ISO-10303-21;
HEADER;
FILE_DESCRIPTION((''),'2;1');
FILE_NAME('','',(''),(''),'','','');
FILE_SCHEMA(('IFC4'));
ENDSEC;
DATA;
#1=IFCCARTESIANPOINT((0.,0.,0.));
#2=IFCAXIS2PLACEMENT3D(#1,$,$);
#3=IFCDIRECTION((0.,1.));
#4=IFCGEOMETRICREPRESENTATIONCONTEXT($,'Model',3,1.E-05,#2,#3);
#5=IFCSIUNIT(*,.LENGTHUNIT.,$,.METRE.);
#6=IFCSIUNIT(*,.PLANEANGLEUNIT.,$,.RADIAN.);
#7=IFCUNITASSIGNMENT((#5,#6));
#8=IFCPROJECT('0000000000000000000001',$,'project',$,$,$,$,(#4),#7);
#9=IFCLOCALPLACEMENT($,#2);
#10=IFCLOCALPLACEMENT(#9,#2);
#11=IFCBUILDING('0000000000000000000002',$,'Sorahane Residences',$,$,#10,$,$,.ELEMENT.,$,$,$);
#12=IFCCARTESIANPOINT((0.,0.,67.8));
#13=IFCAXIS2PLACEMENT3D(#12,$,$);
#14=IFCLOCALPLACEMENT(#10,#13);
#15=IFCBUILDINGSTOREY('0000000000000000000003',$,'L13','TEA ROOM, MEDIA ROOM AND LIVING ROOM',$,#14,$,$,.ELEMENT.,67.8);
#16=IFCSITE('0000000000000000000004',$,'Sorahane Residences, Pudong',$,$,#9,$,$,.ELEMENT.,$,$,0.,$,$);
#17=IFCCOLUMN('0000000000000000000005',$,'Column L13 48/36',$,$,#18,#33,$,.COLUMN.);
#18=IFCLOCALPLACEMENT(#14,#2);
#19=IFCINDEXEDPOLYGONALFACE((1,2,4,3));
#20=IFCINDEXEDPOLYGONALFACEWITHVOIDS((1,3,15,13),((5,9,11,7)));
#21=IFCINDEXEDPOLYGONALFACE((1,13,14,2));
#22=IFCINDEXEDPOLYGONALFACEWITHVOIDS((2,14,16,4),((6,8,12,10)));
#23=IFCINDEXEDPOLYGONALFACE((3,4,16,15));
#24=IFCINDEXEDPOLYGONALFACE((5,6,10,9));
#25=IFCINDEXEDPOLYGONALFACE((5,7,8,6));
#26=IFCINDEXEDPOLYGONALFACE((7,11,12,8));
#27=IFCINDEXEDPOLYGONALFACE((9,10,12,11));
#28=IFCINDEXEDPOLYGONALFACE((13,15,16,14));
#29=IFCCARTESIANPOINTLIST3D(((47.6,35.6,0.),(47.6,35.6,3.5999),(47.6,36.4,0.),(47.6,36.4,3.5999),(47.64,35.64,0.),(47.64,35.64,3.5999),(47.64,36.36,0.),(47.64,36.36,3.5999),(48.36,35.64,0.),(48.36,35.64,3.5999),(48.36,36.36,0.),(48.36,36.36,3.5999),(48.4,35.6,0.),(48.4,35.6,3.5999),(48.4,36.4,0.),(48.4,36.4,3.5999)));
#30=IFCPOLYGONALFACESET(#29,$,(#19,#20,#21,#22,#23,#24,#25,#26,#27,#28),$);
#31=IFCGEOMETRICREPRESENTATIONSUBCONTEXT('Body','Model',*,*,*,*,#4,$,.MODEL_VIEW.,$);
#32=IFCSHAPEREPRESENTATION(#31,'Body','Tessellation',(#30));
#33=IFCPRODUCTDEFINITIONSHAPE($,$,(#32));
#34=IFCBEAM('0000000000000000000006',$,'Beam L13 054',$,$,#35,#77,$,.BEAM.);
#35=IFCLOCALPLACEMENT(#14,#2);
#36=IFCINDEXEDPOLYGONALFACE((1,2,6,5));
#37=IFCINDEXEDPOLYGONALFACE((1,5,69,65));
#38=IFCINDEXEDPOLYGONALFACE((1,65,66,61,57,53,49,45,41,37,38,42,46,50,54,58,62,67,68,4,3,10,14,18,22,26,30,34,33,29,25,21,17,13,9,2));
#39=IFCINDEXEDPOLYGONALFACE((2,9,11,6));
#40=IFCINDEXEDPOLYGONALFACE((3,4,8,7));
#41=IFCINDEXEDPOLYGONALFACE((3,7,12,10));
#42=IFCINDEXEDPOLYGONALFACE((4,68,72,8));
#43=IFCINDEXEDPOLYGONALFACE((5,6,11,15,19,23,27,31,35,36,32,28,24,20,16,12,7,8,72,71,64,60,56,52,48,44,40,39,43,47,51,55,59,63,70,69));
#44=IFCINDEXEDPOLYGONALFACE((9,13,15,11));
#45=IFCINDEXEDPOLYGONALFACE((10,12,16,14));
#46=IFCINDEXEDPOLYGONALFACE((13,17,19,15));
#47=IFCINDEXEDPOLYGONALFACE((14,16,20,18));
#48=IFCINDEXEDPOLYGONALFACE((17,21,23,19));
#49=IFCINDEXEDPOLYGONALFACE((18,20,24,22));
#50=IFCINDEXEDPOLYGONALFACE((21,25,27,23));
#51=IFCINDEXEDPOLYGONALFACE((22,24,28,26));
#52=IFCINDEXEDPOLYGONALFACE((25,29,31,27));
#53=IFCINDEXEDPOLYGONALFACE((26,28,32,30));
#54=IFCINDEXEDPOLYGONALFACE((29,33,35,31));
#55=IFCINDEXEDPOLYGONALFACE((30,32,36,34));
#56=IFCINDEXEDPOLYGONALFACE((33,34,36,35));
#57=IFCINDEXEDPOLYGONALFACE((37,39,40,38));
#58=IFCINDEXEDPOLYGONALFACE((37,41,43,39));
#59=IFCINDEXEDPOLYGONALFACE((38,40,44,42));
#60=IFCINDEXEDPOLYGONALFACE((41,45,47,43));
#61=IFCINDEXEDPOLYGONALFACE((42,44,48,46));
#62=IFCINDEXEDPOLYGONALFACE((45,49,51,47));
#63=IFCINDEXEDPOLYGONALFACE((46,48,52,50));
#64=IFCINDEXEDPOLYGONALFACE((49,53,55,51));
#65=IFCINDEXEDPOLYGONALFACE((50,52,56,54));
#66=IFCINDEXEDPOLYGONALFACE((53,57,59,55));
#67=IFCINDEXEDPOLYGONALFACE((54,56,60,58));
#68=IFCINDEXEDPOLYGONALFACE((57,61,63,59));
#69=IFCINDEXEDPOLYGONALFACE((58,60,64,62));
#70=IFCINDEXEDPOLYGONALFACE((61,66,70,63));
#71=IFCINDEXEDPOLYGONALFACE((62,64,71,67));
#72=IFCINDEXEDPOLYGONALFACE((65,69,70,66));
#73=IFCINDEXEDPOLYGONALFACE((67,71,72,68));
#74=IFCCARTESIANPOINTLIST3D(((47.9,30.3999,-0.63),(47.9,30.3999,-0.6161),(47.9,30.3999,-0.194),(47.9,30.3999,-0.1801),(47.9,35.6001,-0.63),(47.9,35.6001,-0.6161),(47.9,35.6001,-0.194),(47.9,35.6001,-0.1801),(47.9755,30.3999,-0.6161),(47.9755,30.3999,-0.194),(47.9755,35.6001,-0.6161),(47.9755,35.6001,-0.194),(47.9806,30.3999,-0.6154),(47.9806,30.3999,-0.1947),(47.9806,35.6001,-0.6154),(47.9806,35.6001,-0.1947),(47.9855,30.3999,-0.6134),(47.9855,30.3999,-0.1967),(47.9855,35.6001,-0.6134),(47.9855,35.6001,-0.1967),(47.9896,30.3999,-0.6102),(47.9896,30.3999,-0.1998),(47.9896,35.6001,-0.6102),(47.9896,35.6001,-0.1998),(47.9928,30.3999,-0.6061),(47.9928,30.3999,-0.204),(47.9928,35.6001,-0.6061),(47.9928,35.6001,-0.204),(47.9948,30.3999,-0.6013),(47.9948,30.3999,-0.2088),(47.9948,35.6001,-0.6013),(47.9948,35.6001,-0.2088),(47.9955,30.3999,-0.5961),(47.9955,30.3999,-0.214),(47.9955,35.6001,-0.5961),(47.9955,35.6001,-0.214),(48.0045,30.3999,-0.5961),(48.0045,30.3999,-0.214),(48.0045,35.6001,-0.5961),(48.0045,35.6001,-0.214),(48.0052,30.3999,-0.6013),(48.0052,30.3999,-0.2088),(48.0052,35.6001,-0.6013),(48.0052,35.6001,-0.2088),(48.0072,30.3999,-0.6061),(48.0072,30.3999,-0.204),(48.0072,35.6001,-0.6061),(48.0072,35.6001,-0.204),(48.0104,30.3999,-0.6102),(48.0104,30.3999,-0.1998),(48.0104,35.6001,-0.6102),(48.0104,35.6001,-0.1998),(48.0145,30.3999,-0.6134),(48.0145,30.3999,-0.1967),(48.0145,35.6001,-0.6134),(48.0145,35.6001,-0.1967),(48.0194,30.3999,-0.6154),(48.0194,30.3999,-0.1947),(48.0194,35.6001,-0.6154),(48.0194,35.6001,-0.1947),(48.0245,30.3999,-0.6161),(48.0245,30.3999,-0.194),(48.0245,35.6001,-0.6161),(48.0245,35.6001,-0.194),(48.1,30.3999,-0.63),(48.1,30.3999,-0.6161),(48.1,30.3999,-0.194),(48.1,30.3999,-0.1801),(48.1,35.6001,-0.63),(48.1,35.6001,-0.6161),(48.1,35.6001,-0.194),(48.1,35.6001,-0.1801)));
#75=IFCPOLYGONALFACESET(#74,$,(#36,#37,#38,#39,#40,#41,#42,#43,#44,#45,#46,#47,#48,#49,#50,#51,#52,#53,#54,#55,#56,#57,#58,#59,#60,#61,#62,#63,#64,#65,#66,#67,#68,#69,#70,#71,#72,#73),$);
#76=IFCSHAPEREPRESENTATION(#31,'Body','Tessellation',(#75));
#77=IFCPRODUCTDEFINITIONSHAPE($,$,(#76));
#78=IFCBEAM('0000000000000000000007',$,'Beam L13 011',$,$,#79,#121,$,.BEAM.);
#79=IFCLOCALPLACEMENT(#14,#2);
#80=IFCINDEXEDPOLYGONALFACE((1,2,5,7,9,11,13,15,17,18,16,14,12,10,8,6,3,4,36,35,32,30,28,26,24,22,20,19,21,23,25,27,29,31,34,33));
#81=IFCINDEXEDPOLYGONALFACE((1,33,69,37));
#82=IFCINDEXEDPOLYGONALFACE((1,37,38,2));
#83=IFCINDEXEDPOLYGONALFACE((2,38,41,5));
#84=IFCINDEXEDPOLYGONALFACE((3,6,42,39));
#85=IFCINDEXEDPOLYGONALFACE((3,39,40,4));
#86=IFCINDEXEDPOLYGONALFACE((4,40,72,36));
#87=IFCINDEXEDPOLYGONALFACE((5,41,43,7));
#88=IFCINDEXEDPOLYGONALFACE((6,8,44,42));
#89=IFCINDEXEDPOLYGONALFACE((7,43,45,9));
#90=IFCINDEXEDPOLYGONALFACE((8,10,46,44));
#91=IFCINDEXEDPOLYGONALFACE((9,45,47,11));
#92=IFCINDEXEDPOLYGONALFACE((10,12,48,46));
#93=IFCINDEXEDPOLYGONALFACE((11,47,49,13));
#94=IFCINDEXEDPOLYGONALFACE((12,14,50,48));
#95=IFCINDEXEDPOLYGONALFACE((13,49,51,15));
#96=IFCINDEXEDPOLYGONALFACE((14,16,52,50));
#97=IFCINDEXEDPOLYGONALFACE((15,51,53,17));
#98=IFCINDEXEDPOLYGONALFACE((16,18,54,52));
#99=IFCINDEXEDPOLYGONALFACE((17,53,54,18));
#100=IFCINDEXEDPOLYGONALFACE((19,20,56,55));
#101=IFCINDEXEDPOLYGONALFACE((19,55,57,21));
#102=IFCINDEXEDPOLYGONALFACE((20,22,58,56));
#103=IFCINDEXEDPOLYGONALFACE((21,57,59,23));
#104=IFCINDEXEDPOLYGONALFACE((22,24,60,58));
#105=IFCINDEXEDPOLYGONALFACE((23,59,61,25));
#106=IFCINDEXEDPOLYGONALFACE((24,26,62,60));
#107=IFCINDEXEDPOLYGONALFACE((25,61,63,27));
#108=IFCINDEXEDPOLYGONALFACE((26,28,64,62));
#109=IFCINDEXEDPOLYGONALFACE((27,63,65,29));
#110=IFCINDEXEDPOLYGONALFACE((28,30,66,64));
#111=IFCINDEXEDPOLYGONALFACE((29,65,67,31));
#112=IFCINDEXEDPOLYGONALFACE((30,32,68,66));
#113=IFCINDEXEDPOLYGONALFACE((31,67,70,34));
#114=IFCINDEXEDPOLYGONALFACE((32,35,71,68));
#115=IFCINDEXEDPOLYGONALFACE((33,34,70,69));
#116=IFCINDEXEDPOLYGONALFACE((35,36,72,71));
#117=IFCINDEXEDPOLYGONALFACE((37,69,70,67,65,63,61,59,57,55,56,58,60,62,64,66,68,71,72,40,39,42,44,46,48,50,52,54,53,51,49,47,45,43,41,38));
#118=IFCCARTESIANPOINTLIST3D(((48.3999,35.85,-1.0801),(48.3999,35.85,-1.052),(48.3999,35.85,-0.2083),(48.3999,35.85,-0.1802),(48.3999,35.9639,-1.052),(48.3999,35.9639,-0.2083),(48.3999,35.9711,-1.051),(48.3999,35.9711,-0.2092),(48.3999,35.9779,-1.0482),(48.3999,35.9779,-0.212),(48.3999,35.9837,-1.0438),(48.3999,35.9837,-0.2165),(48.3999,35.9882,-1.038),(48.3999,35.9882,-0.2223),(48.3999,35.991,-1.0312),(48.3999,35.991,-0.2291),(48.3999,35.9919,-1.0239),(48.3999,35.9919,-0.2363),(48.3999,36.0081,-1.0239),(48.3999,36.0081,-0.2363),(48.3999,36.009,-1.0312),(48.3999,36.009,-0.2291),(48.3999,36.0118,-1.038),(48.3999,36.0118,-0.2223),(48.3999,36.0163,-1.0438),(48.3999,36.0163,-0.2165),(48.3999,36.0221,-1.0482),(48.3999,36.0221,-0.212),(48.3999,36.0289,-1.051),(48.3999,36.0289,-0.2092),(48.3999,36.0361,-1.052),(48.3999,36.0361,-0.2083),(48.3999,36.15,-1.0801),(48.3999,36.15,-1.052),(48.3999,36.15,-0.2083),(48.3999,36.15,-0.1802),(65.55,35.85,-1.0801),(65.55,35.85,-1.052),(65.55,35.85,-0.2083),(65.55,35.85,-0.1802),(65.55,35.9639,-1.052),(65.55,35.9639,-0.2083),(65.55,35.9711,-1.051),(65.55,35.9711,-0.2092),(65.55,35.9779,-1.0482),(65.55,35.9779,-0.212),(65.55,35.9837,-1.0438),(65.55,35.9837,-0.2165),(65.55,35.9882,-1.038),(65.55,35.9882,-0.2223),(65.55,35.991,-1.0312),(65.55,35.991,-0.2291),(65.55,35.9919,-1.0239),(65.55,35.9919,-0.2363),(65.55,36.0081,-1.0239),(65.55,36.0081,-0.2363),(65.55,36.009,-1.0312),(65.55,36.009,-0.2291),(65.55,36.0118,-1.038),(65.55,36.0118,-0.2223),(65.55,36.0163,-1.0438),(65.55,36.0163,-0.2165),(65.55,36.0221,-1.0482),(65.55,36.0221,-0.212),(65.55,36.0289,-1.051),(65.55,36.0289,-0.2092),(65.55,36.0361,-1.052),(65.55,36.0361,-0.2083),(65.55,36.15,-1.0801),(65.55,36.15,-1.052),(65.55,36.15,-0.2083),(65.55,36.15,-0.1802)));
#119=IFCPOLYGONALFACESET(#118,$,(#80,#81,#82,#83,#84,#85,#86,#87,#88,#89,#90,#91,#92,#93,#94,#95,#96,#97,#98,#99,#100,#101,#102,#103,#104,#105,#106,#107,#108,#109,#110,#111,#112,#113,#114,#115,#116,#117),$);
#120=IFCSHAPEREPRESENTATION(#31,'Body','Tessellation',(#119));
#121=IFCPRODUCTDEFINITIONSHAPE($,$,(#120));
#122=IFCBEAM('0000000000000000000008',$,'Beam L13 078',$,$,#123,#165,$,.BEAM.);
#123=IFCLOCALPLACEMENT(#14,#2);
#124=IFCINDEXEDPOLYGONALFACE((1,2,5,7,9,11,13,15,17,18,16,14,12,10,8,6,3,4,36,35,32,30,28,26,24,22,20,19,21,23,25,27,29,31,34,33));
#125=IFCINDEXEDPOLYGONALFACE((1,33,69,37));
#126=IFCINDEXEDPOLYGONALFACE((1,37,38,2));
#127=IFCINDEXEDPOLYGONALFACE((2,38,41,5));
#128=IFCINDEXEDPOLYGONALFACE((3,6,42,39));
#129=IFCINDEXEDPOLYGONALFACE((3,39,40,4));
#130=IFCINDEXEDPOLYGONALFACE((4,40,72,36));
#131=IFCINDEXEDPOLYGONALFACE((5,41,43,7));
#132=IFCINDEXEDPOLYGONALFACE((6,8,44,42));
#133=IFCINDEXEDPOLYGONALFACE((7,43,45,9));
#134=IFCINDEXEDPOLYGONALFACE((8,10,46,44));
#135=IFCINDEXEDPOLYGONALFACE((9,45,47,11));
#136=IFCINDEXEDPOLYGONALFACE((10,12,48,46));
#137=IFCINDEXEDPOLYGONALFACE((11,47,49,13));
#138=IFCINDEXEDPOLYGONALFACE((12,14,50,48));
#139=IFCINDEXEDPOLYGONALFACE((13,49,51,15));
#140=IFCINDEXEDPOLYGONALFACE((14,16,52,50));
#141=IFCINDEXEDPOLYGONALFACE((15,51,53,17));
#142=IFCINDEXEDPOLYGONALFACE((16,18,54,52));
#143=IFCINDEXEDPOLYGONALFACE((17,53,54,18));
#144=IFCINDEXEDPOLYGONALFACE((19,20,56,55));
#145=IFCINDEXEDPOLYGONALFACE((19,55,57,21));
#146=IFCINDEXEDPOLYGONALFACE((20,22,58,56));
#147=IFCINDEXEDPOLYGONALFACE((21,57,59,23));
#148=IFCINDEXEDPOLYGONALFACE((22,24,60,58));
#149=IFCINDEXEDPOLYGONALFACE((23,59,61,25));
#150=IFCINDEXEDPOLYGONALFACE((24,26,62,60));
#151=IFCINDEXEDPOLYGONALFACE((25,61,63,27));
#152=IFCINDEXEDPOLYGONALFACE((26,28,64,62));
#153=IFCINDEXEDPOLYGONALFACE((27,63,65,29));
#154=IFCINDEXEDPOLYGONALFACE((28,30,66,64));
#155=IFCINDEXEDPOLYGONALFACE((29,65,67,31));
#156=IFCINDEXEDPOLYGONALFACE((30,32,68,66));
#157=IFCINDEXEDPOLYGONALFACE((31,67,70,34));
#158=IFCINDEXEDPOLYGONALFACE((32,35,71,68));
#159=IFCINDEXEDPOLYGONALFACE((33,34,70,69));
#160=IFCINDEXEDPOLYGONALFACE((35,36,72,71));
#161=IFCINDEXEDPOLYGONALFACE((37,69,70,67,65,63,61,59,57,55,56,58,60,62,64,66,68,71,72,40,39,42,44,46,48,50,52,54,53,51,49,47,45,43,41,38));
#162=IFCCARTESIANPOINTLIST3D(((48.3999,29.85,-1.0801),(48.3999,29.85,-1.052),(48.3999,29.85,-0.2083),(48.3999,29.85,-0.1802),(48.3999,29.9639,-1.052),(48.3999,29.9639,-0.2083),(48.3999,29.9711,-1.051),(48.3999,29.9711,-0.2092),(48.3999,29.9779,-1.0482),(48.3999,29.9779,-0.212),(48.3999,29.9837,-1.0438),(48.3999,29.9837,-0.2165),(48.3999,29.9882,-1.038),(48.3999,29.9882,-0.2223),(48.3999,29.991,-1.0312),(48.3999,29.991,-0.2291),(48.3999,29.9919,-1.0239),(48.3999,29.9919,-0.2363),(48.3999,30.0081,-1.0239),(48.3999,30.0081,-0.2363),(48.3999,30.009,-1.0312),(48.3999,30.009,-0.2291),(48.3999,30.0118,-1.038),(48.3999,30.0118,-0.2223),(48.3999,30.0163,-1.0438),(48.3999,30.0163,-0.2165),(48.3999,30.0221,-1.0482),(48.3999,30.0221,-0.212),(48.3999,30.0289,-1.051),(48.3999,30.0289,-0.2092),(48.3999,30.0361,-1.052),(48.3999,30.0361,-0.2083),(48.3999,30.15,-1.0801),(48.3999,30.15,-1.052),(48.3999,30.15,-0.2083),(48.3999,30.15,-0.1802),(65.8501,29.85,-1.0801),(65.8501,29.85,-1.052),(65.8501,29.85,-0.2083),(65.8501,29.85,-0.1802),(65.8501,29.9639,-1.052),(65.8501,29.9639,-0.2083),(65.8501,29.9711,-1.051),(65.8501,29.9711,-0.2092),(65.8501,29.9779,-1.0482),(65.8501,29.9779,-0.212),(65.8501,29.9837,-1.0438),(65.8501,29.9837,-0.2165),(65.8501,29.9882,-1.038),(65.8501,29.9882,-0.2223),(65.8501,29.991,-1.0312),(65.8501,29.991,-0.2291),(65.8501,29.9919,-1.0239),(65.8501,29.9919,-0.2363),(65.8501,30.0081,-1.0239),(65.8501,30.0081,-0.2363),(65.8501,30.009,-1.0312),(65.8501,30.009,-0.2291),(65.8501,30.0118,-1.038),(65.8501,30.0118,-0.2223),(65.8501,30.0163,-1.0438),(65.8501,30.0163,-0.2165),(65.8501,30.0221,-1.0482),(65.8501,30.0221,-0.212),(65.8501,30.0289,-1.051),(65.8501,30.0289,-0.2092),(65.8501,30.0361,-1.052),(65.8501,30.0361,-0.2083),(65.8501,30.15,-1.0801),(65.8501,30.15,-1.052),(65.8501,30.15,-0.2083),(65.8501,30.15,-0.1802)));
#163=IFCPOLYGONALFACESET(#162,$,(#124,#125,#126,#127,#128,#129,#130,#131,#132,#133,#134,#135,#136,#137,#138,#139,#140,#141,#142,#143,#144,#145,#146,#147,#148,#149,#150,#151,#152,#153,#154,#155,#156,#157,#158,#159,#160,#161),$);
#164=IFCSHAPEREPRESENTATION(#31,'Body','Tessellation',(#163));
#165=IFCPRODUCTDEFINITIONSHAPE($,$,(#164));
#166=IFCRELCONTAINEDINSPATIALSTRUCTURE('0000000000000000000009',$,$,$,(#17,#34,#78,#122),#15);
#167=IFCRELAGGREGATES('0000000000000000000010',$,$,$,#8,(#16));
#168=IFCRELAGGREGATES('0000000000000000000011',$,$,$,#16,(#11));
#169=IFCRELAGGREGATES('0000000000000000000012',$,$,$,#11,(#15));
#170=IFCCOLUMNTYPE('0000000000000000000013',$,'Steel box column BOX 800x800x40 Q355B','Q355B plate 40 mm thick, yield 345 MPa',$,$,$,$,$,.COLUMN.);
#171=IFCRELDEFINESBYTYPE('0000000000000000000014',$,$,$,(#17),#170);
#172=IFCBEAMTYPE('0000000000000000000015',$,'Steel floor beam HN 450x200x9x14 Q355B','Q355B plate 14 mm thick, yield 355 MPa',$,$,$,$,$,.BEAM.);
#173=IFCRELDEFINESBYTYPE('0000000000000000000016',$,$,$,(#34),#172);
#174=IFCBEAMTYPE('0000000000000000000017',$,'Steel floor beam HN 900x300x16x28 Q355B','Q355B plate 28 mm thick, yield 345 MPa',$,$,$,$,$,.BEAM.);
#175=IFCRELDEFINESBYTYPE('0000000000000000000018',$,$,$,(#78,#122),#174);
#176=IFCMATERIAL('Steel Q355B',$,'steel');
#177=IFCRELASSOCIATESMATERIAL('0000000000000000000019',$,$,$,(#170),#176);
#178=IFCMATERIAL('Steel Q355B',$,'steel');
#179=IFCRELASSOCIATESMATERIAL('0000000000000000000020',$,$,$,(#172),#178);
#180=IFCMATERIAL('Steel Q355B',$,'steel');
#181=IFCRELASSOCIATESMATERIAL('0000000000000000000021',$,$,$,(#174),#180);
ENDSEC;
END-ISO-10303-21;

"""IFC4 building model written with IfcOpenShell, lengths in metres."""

from ifc_helpers import new_model, si_unit, direction, frame, origin, origin_2d, place, context, subcontext, project, spatial, hollow_rectangle, i_section, extrude, material, material_profile, profile_set, type_object, element, save


model = new_model("IFC4")

# Units and contexts
model_context = context("Model", 3, precision=1e-05, world=origin(), true_north=direction((0.0, 1.0)))
body_context = subcontext(model_context, "Body", "Model", "MODEL_VIEW")
ifc_project = project(units=[si_unit("LENGTHUNIT", "METRE"), si_unit("PLANEANGLEUNIT", "RADIAN")], contexts=[model_context])

# Site, building, storey
site_placement = place(None, origin())
site = spatial("IfcSite", under=ifc_project, at=site_placement, Name="Sorahane Residences, Pudong", CompositionType="ELEMENT", RefElevation=0.0)
building_placement = place(site_placement, origin())
building = spatial("IfcBuilding", under=site, at=building_placement, Name="Sorahane Residences", CompositionType="ELEMENT")
storey_placement = place(building_placement, frame((0.0, 0.0, 67.8)))
storey = spatial("IfcBuildingStorey", under=building, at=storey_placement, Name="L13", Description="TEA ROOM, MEDIA ROOM AND LIVING ROOM", CompositionType="ELEMENT", Elevation=67.8)

# Column
ifc_material_1 = material(Name="Steel Q355B", Category="steel")
ifc_material_profile_1 = material_profile(ifc_material_1, hollow_rectangle(XDim=0.8, YDim=0.8, WallThickness=0.04, at=origin_2d()), Name="BOX 800x800x40")
ifc_profile_set_1 = profile_set([ifc_material_profile_1], Name="Steel Q355B")
column_type = type_object("IfcColumnType", Name="Steel box column BOX 800x800x40 Q355B", Description="Q355B plate 40 mm thick, yield 345 MPa", PredefinedType="COLUMN", material=ifc_profile_set_1)
column_placement = place(storey_placement, frame((48.0, 36.0, 0.0), z_axis=(0.0, 0.0, 1.0), x_axis=(1.0, 0.0, 0.0)))
element("IfcColumn", 1, at=column_placement, inside=storey, type_object=column_type, Name="Column L13 48/36", PredefinedType="COLUMN", context=body_context, shape_type="SweptSolid", body=[
    extrude(hollow_rectangle(XDim=0.8, YDim=0.8, WallThickness=0.04, at=origin_2d()), origin(), (0.0, 0.0, 1.0), 3.5999),
])

# Beams
ifc_material_2 = material(Name="Steel Q355B", Category="steel")
ifc_material_profile_2 = material_profile(ifc_material_2, i_section(OverallWidth=0.2, OverallDepth=0.45, WebThickness=0.009, FlangeThickness=0.0139, FilletRadius=0.02, at=origin_2d()), Name="HN 450x200x9x14")
ifc_profile_set_2 = profile_set([ifc_material_profile_2], Name="Steel Q355B")
beam_type_1 = type_object("IfcBeamType", Name="Steel floor beam HN 450x200x9x14 Q355B", Description="Q355B plate 14 mm thick, yield 355 MPa", PredefinedType="BEAM", material=ifc_profile_set_2)
beam_1_placement = place(storey_placement, frame((48.0, 30.3999, -0.405), z_axis=(0.0, 1.0, 0.0), x_axis=(-1.0, 0.0, 0.0)))
element("IfcBeam", 2, at=beam_1_placement, inside=storey, type_object=beam_type_1, Name="Beam L13 054", PredefinedType="BEAM", context=body_context, shape_type="SweptSolid", body=[
    extrude(i_section(OverallWidth=0.2, OverallDepth=0.45, WebThickness=0.009, FlangeThickness=0.0139, FilletRadius=0.02, at=origin_2d()), origin(), (0.0, 0.0, 1.0), 5.2002),
])
ifc_material_3 = material(Name="Steel Q355B", Category="steel")
ifc_material_profile_3 = material_profile(ifc_material_3, i_section(OverallWidth=0.3, OverallDepth=0.8999, WebThickness=0.0161, FlangeThickness=0.0281, FilletRadius=0.0281, at=origin_2d()), Name="HN 900x300x16x28")
ifc_profile_set_3 = profile_set([ifc_material_profile_3], Name="Steel Q355B")
beam_type_2 = type_object("IfcBeamType", Name="Steel floor beam HN 900x300x16x28 Q355B", Description="Q355B plate 28 mm thick, yield 345 MPa", PredefinedType="BEAM", material=ifc_profile_set_3)
beam_2_placement = place(storey_placement, frame((48.3999, 36.0, -0.6301), z_axis=(1.0, 0.0, 0.0), x_axis=(0.0, 1.0, 0.0)))
element("IfcBeam", 3, at=beam_2_placement, inside=storey, type_object=beam_type_2, Name="Beam L13 011", PredefinedType="BEAM", context=body_context, shape_type="SweptSolid", body=[
    extrude(i_section(OverallWidth=0.3, OverallDepth=0.8999, WebThickness=0.0161, FlangeThickness=0.0281, FilletRadius=0.0281, at=origin_2d()), origin(), (0.0, 0.0, 1.0), 17.1501),
])
beam_3_placement = place(storey_placement, frame((48.3999, 30.0, -0.6301), z_axis=(1.0, 0.0, 0.0), x_axis=(0.0, 1.0, 0.0)))
element("IfcBeam", 4, at=beam_3_placement, inside=storey, type_object=beam_type_2, Name="Beam L13 078", PredefinedType="BEAM", context=body_context, shape_type="SweptSolid", body=[
    extrude(i_section(OverallWidth=0.3, OverallDepth=0.8999, WebThickness=0.0161, FlangeThickness=0.0281, FilletRadius=0.0281, at=origin_2d()), origin(), (0.0, 0.0, 1.0), 17.4502),
])

save(model, "model.ifc")
